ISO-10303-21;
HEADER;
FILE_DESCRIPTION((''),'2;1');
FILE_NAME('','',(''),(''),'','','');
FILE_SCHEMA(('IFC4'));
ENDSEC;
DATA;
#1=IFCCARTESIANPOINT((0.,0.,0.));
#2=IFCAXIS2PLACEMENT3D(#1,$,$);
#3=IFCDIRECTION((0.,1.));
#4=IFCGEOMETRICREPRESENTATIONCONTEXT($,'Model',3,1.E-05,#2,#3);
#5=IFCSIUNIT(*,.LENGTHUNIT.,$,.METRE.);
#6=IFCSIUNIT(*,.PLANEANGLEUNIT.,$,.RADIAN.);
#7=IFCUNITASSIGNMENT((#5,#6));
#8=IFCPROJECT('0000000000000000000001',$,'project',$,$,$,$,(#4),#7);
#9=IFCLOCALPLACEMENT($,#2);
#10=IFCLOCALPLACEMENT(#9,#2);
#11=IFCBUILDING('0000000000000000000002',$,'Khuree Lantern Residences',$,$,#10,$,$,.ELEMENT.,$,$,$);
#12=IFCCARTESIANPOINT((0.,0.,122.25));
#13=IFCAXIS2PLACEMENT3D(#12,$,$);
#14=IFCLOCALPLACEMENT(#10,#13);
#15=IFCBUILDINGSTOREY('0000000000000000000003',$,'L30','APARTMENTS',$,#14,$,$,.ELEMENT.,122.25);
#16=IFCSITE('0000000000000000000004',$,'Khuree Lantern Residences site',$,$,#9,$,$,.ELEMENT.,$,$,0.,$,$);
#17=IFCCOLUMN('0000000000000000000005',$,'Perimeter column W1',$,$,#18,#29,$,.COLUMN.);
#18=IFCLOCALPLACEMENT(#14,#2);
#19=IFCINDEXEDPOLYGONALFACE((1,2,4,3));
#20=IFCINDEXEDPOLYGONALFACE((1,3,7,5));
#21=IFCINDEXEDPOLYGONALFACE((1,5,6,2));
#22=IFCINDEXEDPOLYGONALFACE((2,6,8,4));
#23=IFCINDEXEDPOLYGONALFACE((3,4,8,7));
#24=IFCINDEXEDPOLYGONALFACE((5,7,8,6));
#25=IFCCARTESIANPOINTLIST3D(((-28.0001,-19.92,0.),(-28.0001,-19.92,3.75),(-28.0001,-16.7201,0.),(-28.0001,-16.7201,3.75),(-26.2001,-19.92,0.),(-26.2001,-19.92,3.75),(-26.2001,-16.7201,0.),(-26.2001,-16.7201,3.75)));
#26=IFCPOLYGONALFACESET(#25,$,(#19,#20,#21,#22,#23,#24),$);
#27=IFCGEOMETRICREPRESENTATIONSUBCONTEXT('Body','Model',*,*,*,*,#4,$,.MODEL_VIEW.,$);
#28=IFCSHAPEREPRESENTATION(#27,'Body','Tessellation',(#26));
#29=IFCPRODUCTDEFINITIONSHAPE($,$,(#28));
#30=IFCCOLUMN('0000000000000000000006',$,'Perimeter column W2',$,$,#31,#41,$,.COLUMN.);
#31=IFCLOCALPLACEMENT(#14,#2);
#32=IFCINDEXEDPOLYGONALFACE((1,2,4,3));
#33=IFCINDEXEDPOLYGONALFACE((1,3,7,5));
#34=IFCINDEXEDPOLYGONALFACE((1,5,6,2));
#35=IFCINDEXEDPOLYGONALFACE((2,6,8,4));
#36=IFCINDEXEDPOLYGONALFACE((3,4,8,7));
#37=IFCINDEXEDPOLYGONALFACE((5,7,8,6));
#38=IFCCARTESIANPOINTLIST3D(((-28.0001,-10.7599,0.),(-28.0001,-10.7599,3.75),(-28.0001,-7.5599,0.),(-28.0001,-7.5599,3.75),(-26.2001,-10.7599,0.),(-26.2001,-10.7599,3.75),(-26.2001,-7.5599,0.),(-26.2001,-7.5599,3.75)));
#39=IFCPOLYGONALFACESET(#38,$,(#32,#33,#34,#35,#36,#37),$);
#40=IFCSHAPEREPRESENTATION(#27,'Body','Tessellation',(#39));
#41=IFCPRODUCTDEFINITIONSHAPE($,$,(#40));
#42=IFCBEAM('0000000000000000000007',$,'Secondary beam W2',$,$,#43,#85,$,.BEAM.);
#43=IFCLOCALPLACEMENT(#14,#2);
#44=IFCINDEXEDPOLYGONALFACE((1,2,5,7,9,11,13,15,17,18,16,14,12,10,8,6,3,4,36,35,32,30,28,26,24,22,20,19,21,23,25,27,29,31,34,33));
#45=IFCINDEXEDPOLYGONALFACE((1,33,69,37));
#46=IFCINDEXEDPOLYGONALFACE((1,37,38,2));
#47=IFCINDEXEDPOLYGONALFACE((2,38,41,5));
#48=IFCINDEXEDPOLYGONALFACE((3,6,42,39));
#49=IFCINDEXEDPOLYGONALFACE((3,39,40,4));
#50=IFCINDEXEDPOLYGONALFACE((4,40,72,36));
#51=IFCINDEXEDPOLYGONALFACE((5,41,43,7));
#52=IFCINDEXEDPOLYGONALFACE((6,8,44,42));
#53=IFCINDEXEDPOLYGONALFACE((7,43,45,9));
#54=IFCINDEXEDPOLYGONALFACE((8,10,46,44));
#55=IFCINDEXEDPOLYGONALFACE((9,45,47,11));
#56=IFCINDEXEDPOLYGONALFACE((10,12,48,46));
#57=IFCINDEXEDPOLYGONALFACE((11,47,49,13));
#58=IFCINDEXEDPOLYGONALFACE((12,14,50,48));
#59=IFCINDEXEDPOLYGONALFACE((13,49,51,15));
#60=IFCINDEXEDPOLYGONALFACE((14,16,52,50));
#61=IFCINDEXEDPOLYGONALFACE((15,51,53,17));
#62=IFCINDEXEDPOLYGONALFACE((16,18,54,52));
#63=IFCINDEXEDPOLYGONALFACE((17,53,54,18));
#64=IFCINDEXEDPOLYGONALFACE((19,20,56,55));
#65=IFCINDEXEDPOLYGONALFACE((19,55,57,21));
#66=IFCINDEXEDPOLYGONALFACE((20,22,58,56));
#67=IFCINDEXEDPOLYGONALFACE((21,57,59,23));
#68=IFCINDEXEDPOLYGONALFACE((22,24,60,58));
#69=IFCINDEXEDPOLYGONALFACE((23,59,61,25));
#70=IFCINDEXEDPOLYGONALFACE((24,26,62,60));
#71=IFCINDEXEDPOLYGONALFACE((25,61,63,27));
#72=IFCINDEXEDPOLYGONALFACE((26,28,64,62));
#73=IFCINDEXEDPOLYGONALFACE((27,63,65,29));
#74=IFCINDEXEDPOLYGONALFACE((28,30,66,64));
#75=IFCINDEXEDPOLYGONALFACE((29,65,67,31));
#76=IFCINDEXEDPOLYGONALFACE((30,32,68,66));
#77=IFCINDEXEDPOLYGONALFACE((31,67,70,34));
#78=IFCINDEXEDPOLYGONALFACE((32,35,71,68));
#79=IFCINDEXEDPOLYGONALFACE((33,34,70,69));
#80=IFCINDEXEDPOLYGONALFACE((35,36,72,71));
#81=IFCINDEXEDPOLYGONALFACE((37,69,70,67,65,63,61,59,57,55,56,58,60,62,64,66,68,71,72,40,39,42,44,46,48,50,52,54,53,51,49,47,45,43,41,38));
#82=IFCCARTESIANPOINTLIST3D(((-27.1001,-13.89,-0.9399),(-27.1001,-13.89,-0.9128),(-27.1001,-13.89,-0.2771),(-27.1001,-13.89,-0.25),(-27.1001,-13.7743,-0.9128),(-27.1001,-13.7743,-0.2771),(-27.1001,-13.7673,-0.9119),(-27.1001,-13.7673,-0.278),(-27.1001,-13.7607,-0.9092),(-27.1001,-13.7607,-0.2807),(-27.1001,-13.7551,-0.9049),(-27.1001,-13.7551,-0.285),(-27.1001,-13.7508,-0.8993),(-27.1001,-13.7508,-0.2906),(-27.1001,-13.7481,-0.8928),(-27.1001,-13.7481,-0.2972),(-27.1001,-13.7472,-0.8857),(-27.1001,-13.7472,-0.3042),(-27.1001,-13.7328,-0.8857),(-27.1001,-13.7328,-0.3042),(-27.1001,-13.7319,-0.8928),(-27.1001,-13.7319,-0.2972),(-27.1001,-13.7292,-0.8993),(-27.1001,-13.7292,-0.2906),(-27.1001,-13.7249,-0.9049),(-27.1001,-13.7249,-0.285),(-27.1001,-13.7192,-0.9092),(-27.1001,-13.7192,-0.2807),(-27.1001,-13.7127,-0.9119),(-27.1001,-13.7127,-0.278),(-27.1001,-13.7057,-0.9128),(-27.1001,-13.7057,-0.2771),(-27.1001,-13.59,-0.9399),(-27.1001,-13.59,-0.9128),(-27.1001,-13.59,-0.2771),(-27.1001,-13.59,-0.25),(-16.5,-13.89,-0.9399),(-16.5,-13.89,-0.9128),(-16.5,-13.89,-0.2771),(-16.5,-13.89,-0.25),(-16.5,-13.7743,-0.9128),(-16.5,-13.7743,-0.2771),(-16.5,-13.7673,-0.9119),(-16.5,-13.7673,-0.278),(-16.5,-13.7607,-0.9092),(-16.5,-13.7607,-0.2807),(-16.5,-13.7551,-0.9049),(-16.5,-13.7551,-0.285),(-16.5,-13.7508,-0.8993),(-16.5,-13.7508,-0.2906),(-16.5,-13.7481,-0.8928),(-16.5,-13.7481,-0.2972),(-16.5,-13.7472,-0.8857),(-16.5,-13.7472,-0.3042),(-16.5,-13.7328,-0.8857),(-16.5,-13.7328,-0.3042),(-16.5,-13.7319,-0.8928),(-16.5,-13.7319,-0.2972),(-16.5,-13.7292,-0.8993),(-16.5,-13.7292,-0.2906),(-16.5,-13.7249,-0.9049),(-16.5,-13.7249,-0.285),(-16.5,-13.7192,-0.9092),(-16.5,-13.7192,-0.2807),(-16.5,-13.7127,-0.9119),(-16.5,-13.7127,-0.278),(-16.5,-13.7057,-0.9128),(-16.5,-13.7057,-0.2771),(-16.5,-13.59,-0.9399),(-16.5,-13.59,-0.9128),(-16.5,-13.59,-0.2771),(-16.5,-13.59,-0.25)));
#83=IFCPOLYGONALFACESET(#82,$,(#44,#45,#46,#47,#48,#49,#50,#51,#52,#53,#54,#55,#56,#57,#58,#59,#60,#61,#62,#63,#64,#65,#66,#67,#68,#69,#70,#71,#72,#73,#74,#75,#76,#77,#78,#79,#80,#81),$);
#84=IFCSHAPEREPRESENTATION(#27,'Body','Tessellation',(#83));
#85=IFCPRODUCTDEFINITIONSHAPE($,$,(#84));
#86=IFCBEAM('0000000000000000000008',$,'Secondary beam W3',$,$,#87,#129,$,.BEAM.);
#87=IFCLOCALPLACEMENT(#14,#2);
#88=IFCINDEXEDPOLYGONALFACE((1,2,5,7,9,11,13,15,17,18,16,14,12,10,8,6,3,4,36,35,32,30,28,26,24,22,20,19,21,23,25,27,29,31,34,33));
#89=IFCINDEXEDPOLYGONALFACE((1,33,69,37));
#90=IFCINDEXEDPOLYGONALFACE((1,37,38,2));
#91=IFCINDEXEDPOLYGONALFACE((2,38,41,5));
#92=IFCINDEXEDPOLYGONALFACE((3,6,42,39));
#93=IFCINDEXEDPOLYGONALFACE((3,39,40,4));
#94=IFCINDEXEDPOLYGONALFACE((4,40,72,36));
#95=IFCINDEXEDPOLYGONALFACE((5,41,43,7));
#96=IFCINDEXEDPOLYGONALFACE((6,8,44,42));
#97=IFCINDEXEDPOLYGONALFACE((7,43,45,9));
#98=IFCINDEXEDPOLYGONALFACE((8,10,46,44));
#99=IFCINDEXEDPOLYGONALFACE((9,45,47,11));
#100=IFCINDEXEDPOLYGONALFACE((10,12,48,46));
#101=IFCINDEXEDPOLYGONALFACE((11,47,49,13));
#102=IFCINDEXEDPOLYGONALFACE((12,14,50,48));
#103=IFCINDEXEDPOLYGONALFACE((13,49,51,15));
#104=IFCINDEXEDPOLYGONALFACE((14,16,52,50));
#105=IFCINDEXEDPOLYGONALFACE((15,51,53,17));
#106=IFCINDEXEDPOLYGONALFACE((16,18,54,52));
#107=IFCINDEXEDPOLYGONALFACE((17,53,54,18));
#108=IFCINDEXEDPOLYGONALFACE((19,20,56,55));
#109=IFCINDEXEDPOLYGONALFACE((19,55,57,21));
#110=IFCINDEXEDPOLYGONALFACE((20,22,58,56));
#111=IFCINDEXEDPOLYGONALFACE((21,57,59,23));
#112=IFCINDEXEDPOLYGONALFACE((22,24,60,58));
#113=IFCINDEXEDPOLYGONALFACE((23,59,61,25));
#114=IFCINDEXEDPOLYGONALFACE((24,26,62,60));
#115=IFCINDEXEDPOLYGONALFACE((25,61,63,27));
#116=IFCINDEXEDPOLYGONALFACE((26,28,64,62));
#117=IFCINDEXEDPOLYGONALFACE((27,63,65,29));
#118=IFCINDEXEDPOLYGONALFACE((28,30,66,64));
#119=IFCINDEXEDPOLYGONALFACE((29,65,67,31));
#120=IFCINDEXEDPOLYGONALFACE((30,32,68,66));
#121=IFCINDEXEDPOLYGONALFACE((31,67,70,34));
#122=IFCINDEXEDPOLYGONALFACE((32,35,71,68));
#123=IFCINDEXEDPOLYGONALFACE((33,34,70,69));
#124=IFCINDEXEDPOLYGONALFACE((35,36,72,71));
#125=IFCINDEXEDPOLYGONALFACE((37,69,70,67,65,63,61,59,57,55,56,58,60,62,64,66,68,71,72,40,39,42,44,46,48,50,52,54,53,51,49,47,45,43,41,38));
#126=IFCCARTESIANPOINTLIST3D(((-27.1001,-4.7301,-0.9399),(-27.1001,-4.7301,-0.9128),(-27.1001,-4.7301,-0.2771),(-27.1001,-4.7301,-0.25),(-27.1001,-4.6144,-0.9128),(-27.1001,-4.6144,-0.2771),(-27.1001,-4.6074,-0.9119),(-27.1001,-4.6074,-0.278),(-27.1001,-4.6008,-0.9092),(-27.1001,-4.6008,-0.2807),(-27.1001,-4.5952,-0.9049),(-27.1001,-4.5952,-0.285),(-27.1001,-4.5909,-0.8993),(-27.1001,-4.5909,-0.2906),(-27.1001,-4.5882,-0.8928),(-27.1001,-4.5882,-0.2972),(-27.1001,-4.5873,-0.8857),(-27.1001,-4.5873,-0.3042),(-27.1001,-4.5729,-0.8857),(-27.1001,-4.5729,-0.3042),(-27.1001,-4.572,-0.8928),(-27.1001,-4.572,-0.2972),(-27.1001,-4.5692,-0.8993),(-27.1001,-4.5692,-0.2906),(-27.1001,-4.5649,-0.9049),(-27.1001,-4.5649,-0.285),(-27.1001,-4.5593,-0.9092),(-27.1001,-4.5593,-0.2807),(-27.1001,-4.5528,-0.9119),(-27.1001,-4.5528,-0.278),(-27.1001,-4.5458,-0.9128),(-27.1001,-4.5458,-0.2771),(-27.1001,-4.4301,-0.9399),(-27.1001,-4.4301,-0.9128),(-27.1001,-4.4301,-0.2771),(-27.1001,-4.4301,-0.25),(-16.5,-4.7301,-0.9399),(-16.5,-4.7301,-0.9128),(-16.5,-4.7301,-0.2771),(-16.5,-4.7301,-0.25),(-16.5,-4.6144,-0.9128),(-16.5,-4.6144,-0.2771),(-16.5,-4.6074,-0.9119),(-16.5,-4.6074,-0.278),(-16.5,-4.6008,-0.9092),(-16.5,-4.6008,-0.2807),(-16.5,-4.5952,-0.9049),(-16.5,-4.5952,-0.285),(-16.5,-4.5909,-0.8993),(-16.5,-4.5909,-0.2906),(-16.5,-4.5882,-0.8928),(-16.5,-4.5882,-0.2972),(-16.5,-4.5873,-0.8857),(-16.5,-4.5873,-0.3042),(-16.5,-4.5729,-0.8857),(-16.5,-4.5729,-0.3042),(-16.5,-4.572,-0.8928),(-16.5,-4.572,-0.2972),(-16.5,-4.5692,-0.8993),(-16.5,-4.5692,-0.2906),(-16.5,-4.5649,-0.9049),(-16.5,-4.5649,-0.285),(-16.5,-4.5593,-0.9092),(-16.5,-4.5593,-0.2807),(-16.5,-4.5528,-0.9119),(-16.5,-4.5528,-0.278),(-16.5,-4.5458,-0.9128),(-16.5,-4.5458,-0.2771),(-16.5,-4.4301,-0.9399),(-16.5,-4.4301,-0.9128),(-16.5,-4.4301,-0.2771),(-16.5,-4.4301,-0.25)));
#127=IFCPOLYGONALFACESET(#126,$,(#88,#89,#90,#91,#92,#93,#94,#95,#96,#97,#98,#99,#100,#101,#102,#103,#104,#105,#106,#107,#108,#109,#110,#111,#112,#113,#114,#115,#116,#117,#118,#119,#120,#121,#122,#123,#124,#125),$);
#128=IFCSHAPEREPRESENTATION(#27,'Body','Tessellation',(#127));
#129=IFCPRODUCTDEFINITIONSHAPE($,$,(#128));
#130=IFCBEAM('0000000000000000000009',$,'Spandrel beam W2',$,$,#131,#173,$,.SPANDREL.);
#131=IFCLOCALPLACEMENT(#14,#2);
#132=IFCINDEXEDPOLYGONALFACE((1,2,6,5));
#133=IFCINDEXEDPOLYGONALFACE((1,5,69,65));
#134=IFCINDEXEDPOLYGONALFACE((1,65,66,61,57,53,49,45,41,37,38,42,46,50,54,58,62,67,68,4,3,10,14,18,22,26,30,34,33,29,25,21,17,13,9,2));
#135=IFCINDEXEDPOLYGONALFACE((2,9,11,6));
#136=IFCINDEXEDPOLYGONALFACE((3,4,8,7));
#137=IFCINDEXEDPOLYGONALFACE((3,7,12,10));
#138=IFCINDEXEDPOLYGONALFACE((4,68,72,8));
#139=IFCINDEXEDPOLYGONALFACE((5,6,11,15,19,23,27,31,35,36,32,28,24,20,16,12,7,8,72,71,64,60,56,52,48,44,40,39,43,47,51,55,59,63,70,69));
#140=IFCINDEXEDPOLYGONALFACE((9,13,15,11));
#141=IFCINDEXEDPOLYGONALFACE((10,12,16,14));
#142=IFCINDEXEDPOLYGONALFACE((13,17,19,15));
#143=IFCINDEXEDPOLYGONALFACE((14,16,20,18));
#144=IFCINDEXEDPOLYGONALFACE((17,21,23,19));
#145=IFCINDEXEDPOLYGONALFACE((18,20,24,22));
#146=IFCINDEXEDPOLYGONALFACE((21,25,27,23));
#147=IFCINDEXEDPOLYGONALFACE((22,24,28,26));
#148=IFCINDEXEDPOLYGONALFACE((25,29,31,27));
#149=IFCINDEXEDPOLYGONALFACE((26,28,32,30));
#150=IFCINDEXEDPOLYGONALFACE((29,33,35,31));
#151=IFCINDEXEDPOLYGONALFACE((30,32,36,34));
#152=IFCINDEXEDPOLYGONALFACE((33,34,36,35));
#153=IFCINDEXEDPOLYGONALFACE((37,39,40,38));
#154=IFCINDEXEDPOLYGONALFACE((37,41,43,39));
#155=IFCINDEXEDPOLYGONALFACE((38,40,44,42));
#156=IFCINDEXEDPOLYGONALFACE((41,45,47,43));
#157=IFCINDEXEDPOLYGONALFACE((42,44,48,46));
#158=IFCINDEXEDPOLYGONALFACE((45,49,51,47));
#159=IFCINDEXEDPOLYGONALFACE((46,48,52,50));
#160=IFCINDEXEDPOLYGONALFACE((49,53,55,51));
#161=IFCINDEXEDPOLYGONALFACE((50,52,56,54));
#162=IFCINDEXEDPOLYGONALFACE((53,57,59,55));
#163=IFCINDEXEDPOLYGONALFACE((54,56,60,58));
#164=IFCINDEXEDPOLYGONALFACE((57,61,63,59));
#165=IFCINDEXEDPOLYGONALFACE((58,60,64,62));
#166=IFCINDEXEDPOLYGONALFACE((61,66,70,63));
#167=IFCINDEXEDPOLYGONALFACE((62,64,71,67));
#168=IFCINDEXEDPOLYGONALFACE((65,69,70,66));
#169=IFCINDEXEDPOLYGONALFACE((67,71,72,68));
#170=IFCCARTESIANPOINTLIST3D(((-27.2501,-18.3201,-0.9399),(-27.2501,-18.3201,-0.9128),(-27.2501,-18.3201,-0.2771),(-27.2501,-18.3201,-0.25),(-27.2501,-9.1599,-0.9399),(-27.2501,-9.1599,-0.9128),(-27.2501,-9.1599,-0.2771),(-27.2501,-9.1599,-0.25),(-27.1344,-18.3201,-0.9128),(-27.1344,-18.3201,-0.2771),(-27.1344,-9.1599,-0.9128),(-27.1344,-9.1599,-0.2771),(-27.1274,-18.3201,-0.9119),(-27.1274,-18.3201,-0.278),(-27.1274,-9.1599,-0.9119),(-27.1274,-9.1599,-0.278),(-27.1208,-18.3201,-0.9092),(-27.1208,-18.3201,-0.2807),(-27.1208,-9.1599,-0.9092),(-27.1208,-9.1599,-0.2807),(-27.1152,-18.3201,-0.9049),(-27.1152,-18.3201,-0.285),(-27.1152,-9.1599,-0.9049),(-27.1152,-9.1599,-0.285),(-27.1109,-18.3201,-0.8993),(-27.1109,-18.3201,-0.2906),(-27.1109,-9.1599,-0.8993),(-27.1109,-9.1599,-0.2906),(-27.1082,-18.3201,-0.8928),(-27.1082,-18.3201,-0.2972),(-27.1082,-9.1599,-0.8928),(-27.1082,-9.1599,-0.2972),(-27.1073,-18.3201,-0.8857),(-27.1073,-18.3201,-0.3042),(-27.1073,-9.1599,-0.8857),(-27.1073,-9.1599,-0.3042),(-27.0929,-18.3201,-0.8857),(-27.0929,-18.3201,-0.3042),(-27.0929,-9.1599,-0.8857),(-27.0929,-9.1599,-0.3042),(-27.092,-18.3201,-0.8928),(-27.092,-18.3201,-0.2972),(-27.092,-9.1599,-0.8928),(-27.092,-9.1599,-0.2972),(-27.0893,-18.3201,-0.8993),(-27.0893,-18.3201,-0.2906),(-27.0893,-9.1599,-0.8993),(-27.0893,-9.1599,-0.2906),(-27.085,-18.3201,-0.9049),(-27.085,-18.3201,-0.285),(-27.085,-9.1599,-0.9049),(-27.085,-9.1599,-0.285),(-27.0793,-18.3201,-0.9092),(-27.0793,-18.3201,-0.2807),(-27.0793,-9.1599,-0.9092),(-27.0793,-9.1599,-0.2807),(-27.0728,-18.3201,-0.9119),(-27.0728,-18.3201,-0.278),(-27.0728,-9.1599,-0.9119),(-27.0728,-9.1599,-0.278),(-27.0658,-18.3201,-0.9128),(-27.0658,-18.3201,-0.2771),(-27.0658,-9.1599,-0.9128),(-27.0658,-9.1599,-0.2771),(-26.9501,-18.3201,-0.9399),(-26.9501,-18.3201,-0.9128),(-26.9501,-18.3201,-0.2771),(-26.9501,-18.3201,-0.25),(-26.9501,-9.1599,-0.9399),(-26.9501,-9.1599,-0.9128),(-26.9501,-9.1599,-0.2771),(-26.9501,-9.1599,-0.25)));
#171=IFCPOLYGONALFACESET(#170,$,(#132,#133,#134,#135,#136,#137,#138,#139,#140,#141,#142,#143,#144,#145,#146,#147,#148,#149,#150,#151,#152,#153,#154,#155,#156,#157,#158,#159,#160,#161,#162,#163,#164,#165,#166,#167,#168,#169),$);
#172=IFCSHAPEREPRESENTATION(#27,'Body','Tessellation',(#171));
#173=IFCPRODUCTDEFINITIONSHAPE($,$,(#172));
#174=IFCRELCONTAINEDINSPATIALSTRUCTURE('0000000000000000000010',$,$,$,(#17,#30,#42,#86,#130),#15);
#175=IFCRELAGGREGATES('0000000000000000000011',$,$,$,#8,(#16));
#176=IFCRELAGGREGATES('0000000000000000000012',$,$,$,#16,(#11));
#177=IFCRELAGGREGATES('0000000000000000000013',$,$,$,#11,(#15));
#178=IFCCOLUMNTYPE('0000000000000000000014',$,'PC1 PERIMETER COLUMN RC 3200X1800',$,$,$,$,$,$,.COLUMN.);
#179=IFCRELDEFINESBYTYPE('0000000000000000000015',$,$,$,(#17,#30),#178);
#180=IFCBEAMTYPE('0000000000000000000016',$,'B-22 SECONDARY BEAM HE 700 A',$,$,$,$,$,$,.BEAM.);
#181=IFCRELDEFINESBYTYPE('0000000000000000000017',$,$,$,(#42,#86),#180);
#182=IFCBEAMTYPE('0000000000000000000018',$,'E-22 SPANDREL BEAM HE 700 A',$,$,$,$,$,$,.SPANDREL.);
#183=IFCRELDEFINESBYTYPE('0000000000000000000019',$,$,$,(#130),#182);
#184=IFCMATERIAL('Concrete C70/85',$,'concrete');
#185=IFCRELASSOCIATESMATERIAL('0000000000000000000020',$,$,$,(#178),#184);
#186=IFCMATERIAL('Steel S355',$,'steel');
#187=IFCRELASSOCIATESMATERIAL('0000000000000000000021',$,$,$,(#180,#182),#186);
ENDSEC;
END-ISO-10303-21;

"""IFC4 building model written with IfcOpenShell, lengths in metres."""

from ifc_helpers import new_model, si_unit, direction, frame, origin, origin_2d, place, context, subcontext, project, spatial, rectangle, i_section, extrude, material, material_profile, profile_set, type_object, element, save


model = new_model("IFC4")

# Units and contexts
model_context = context("Model", 3, precision=1e-05, world=origin(), true_north=direction((0.0, 1.0)))
body_context = subcontext(model_context, "Body", "Model", "MODEL_VIEW")
ifc_project = project(units=[si_unit("LENGTHUNIT", "METRE"), si_unit("PLANEANGLEUNIT", "RADIAN")], contexts=[model_context])

# Site, building, storey
site_placement = place(None, origin())
site = spatial("IfcSite", under=ifc_project, at=site_placement, Name="Khuree Lantern Residences site", CompositionType="ELEMENT", RefElevation=0.0)
building_placement = place(site_placement, origin())
building = spatial("IfcBuilding", under=site, at=building_placement, Name="Khuree Lantern Residences", CompositionType="ELEMENT")
storey_placement = place(building_placement, frame((0.0, 0.0, 122.25)))
storey = spatial("IfcBuildingStorey", under=building, at=storey_placement, Name="L30", Description="APARTMENTS", CompositionType="ELEMENT", Elevation=122.25)

# Columns
ifc_material_1 = material(Name="Concrete C70/85", Category="concrete")
ifc_material_profile_1 = material_profile(ifc_material_1, rectangle(XDim=3.2, YDim=1.8, at=origin_2d()), Name="RC 3200X1800")
ifc_profile_set_1 = profile_set([ifc_material_profile_1], Name="Concrete C70/85")
column_type = type_object("IfcColumnType", Name="PC1 PERIMETER COLUMN RC 3200X1800", PredefinedType="COLUMN", material=ifc_profile_set_1)
for number, where, z_axis, x_axis, name in (
    (1, (-27.1001, -18.3201, 0.0), (0.0, 0.0, 1.0), (0.0, 1.0, 0.0), "Perimeter column W1"),
    (2, (-27.1001, -9.1599, 0.0), (0.0, 0.0, 1.0), (0.0, 1.0, 0.0), "Perimeter column W2"),
):
    element("IfcColumn", number, at=place(storey_placement, frame(where, z_axis=z_axis, x_axis=x_axis)), inside=storey, type_object=column_type, Name=name, PredefinedType="COLUMN", context=body_context, shape_type="SweptSolid", body=[
        extrude(rectangle(XDim=3.2, YDim=1.8, at=origin_2d()), origin(), (0.0, 0.0, 1.0), 3.75),
    ])

# Beams
ifc_material_2 = material(Name="Steel S355", Category="steel")
ifc_material_profile_2 = material_profile(ifc_material_2, i_section(OverallWidth=0.3, OverallDepth=0.6899, WebThickness=0.0144, FlangeThickness=0.0271, FilletRadius=0.0271, at=origin_2d()), Name="HE 700 A")
ifc_profile_set_2 = profile_set([ifc_material_profile_2], Name="Steel S355")
beam_type_1 = type_object("IfcBeamType", Name="B-22 SECONDARY BEAM HE 700 A", PredefinedType="BEAM", material=ifc_profile_set_2)
for number, where, z_axis, x_axis, name in (
    (3, (-27.1001, -13.74, -0.595), (1.0, 0.0, 0.0), (0.0, 1.0, 0.0), "Secondary beam W2"),
    (4, (-27.1001, -4.5801, -0.595), (1.0, 0.0, 0.0), (0.0, 1.0, 0.0), "Secondary beam W3"),
):
    element("IfcBeam", number, at=place(storey_placement, frame(where, z_axis=z_axis, x_axis=x_axis)), inside=storey, type_object=beam_type_1, Name=name, PredefinedType="BEAM", context=body_context, shape_type="SweptSolid", body=[
        extrude(i_section(OverallWidth=0.3, OverallDepth=0.6899, WebThickness=0.0144, FlangeThickness=0.0271, FilletRadius=0.0271, at=origin_2d()), origin(), (0.0, 0.0, 1.0), 10.6001),
    ])
ifc_material_profile_3 = material_profile(ifc_material_2, i_section(OverallWidth=0.3, OverallDepth=0.6899, WebThickness=0.0144, FlangeThickness=0.0271, FilletRadius=0.0271, at=origin_2d()), Name="HE 700 A")
ifc_profile_set_3 = profile_set([ifc_material_profile_3], Name="Steel S355")
beam_type_2 = type_object("IfcBeamType", Name="E-22 SPANDREL BEAM HE 700 A", PredefinedType="SPANDREL", material=ifc_profile_set_3)
beam_1_placement = place(storey_placement, frame((-27.1001, -18.3201, -0.595), z_axis=(0.0, 1.0, 0.0), x_axis=(-1.0, 0.0, 0.0)))
element("IfcBeam", 5, at=beam_1_placement, inside=storey, type_object=beam_type_2, Name="Spandrel beam W2", PredefinedType="SPANDREL", context=body_context, shape_type="SweptSolid", body=[
    extrude(i_section(OverallWidth=0.3, OverallDepth=0.6899, WebThickness=0.0144, FlangeThickness=0.0271, FilletRadius=0.0271, at=origin_2d()), origin(), (0.0, 0.0, 1.0), 9.1602),
])

save(model, "model.ifc")
